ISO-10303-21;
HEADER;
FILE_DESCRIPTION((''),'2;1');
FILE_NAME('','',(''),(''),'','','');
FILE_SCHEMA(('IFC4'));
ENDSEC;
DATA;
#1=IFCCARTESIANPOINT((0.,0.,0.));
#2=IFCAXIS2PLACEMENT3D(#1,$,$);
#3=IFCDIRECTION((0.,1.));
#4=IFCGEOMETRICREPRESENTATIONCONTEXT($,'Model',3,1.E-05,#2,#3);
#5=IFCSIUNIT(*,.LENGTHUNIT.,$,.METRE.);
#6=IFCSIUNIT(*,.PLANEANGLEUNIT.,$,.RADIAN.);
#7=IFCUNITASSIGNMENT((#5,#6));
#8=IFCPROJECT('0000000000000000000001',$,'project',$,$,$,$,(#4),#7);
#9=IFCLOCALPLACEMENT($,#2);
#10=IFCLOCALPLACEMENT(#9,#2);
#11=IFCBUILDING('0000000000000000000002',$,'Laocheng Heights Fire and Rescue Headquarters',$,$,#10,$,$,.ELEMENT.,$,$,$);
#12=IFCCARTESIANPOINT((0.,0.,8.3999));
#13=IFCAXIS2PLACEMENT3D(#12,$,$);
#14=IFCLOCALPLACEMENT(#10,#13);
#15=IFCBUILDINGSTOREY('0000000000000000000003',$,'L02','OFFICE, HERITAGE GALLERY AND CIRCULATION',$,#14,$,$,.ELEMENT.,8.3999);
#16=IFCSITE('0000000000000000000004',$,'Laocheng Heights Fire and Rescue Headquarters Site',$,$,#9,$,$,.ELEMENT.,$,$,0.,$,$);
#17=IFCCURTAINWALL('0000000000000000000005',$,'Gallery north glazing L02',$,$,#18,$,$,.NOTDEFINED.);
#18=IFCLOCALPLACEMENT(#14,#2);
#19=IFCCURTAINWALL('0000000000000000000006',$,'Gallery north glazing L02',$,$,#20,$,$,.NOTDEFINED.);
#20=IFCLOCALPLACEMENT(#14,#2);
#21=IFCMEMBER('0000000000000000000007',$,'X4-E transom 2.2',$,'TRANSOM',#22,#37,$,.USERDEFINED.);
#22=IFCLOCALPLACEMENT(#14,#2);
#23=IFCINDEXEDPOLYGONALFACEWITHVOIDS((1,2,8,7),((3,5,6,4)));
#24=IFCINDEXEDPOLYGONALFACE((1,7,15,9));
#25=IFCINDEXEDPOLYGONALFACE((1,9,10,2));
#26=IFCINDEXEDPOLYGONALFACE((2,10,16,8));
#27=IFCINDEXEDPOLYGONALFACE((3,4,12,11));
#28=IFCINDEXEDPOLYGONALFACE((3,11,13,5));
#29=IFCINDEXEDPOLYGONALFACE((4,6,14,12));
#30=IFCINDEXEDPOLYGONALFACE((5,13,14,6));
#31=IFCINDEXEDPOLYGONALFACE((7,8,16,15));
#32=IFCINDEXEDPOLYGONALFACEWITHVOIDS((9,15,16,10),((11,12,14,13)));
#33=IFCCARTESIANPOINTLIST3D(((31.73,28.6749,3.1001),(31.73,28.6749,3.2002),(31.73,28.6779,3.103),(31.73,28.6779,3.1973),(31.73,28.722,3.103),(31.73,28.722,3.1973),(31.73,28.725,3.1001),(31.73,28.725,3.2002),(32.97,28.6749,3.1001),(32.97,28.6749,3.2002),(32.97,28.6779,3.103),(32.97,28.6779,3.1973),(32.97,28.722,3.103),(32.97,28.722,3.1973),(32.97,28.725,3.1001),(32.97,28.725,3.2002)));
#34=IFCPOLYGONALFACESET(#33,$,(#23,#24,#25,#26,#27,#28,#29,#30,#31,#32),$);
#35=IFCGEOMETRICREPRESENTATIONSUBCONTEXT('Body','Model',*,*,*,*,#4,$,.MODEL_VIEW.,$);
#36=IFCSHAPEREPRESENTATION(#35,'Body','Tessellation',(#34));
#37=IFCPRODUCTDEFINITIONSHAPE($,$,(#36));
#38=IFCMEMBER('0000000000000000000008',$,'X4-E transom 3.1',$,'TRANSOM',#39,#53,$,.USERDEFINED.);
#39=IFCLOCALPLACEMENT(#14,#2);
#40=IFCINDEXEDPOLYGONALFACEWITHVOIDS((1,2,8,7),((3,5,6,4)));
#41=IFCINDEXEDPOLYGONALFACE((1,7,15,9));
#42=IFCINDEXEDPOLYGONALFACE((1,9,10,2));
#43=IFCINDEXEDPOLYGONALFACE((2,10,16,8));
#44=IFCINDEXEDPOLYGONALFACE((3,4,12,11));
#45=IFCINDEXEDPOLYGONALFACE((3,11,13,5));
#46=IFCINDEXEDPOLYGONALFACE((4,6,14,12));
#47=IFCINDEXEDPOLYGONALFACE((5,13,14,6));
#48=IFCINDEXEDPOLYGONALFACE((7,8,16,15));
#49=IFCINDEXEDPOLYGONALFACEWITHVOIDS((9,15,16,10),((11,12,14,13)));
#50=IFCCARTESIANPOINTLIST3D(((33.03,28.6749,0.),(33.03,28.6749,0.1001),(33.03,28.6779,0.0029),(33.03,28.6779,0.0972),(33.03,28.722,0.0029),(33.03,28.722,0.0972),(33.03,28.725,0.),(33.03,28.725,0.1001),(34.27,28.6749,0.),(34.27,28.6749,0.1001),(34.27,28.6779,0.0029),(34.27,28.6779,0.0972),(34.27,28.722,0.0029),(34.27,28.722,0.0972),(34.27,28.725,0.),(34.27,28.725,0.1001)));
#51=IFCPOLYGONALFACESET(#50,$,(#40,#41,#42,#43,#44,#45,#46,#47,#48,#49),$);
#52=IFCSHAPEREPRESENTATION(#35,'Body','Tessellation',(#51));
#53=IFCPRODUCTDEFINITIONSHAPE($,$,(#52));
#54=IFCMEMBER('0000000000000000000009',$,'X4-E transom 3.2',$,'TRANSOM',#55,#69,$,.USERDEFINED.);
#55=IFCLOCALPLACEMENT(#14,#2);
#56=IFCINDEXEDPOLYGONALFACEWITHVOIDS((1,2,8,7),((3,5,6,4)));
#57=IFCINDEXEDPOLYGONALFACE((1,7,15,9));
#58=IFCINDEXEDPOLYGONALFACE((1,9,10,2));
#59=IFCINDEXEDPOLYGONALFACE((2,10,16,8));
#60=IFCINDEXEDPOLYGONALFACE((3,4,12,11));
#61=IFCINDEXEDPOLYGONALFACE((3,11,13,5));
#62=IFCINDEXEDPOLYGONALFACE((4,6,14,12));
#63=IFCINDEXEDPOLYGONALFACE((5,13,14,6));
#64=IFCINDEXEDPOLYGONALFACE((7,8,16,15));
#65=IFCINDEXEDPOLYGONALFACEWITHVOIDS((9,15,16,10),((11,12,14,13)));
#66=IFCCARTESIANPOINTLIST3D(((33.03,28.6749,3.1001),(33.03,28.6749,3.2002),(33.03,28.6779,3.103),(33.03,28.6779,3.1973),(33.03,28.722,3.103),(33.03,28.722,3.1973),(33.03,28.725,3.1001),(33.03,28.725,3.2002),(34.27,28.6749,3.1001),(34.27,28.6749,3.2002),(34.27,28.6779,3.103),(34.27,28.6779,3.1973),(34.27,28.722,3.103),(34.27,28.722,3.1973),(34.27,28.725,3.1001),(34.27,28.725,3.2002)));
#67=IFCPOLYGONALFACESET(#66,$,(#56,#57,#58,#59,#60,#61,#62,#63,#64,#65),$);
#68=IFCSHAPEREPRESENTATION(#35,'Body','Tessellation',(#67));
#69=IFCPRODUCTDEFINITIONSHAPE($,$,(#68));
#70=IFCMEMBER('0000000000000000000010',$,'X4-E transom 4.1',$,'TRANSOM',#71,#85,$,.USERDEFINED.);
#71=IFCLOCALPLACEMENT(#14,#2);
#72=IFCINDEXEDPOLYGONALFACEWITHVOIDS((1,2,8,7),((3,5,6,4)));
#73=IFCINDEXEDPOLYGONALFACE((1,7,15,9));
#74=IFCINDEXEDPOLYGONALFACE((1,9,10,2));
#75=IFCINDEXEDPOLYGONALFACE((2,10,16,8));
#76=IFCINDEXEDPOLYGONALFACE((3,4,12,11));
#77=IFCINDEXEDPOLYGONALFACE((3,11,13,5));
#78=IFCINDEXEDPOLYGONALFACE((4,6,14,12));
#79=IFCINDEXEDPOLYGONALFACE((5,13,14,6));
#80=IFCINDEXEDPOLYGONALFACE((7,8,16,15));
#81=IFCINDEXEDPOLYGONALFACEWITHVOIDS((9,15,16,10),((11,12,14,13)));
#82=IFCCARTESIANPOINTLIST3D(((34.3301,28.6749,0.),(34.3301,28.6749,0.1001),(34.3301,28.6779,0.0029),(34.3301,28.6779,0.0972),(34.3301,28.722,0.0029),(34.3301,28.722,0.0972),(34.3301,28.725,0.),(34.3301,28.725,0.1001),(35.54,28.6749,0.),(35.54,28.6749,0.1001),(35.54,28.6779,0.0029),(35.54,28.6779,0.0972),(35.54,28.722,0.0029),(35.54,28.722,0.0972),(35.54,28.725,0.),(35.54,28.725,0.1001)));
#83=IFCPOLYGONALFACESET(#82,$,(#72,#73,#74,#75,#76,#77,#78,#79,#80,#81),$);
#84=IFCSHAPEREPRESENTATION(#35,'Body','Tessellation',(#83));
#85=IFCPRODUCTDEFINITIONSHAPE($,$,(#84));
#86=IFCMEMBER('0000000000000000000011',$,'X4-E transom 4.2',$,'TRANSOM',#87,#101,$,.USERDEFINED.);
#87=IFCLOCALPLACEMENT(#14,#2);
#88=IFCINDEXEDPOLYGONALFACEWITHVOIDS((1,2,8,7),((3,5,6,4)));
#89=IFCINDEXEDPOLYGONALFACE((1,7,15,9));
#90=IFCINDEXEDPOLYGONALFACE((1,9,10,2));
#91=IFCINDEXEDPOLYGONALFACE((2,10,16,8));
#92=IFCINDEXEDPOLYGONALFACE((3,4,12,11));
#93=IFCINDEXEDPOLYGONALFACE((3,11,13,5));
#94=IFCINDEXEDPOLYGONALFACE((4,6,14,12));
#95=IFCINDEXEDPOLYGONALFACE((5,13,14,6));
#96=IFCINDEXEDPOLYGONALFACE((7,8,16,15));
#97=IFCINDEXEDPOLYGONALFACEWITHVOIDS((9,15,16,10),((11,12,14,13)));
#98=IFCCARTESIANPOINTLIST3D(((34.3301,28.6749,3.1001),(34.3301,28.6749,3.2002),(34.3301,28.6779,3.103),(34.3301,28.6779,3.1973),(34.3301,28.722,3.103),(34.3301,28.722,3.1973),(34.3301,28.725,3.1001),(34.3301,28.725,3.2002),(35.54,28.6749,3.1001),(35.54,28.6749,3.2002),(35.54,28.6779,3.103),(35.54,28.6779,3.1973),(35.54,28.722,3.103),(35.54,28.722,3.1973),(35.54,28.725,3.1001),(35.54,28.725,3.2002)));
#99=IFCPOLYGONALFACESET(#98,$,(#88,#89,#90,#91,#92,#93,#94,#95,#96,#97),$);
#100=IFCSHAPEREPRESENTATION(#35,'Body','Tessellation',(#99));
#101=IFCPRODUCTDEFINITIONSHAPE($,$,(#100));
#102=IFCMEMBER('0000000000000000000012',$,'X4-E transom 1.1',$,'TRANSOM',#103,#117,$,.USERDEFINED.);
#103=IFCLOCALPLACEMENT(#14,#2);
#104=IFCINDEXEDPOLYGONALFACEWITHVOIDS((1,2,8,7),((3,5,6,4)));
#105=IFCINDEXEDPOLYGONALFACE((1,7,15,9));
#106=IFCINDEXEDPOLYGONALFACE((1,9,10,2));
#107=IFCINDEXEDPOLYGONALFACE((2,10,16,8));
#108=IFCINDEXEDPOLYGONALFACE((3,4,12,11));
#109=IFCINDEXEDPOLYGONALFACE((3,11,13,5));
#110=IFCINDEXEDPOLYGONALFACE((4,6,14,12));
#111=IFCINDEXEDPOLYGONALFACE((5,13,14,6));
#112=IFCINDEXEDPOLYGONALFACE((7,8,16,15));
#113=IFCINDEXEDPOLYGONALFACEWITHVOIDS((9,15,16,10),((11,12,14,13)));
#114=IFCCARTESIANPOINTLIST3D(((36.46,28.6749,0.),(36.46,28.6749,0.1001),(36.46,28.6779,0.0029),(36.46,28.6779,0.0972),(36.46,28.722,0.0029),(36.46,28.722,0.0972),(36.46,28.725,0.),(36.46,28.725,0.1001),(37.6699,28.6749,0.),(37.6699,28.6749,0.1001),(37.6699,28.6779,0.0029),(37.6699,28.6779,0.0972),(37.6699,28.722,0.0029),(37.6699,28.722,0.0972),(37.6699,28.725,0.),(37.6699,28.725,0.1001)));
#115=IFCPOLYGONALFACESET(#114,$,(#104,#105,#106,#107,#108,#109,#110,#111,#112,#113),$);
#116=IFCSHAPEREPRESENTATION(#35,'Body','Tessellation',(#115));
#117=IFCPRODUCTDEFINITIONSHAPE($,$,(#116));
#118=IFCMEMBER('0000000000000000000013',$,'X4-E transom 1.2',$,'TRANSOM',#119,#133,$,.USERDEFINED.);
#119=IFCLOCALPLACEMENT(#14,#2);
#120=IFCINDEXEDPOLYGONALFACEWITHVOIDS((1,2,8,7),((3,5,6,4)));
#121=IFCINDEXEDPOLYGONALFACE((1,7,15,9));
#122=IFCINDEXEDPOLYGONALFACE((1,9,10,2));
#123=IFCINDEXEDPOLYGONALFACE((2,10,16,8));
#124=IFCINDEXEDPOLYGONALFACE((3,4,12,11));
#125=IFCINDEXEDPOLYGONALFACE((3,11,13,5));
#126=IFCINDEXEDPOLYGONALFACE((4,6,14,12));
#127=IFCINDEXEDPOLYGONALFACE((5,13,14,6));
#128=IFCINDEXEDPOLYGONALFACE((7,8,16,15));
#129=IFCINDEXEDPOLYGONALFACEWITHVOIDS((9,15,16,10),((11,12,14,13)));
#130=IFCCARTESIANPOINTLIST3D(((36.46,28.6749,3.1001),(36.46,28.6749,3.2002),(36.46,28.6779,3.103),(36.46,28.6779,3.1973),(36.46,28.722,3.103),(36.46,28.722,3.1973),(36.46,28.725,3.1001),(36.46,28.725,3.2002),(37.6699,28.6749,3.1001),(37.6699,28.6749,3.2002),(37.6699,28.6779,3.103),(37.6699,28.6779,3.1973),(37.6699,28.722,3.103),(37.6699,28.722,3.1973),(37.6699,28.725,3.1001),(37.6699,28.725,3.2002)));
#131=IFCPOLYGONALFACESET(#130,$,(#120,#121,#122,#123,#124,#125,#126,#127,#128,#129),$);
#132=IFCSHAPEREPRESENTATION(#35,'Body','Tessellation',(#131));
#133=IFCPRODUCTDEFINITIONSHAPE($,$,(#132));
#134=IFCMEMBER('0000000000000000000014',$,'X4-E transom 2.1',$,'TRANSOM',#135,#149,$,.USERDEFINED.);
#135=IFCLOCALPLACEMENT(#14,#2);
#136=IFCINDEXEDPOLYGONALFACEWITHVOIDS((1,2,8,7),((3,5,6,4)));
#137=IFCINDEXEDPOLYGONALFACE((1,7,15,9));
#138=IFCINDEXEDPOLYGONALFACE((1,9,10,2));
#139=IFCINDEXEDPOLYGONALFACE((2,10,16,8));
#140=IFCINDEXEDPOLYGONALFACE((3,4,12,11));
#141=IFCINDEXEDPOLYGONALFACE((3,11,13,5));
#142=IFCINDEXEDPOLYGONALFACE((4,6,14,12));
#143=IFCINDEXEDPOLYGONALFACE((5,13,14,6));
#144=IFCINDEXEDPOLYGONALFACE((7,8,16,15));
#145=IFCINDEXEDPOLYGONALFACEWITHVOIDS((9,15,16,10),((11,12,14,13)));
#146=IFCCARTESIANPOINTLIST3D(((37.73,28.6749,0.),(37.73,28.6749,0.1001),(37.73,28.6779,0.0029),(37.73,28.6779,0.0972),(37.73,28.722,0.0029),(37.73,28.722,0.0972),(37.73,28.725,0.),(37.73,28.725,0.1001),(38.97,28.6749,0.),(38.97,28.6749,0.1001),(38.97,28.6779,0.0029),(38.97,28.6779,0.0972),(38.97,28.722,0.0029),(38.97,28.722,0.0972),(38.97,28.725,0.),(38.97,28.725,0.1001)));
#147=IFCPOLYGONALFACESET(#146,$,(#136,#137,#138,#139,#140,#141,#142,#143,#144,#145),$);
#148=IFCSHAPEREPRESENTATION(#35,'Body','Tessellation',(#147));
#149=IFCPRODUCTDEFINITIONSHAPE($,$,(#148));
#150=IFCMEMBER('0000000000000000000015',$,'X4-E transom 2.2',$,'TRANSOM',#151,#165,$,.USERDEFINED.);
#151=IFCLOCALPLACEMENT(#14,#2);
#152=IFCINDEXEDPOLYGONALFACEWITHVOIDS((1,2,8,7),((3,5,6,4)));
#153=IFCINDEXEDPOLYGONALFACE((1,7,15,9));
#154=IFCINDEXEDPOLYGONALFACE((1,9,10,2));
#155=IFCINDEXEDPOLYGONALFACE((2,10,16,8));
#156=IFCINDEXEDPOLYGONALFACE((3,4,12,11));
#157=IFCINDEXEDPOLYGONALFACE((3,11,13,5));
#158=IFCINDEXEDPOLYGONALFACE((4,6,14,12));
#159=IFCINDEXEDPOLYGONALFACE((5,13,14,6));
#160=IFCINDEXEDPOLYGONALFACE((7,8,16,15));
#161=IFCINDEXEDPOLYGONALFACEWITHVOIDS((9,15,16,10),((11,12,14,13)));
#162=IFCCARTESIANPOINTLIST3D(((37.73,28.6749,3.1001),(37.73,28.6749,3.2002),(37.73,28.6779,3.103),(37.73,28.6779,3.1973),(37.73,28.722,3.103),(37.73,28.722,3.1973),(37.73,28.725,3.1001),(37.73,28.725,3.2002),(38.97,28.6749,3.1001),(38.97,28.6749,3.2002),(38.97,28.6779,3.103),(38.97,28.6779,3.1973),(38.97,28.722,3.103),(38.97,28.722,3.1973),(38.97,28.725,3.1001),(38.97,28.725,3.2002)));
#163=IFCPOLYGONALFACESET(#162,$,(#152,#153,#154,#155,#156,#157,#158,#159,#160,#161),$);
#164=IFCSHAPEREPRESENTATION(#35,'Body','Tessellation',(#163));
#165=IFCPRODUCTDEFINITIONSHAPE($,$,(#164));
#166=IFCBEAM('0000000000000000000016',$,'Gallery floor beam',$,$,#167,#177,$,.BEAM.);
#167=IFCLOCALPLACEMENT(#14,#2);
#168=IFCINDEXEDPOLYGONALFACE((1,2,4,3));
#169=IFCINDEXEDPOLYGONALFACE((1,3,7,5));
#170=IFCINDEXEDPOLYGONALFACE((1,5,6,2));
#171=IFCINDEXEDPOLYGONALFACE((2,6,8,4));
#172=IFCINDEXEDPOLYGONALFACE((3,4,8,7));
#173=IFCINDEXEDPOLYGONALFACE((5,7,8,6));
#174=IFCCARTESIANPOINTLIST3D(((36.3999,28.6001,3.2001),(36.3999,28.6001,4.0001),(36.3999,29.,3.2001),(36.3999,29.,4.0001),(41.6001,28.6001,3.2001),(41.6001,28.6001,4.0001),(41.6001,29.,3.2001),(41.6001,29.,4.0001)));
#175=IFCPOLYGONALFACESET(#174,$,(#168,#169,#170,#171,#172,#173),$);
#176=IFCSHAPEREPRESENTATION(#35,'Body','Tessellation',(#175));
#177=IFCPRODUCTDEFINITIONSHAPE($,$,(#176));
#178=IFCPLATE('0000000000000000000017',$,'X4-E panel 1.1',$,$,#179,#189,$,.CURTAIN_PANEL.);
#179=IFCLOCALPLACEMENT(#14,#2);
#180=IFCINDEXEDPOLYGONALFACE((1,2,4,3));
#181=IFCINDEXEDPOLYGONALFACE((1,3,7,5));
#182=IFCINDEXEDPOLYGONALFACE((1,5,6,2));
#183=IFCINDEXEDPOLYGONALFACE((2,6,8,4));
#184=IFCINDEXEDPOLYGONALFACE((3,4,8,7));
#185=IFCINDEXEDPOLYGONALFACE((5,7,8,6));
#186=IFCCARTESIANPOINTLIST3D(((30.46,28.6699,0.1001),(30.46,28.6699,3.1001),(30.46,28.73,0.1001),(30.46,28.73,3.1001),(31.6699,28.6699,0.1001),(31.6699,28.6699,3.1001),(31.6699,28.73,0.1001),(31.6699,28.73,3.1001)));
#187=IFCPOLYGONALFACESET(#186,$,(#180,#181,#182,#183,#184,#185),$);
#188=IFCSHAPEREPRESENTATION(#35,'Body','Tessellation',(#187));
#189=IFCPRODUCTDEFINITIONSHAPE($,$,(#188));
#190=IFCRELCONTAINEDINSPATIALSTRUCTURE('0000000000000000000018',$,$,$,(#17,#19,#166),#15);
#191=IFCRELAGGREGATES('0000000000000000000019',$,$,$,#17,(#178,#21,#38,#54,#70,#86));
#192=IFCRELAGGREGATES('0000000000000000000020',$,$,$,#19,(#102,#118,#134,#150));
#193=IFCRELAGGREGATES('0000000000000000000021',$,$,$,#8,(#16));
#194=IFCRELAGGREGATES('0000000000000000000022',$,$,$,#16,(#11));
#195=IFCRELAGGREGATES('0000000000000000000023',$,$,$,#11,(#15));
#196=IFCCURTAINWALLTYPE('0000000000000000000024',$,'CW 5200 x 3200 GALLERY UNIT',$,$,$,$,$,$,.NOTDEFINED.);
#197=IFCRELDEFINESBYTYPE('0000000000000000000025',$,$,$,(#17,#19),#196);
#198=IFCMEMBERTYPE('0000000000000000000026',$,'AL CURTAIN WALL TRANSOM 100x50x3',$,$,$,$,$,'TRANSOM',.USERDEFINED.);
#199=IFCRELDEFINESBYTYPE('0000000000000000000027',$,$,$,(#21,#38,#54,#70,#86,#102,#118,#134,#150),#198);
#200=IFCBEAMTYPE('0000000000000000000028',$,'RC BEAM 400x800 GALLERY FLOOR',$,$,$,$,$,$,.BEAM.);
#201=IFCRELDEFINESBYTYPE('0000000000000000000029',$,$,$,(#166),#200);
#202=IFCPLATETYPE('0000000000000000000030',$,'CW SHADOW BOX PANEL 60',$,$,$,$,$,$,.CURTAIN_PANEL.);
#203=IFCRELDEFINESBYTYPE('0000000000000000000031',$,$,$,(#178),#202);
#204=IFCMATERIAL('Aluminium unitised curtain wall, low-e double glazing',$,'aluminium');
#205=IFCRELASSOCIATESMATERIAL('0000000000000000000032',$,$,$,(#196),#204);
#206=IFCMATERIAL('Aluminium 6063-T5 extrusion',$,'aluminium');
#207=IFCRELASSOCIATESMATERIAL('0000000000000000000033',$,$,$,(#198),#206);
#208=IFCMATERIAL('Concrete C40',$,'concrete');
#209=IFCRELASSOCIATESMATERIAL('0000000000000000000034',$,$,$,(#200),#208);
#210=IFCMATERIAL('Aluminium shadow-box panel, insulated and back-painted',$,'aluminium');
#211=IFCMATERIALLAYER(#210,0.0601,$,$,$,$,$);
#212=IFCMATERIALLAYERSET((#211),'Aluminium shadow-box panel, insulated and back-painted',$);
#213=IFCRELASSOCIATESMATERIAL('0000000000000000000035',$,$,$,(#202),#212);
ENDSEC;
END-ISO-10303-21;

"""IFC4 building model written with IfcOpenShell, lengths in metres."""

from ifc_helpers import new_model, si_unit, direction, frame, origin, origin_2d, place, context, subcontext, project, spatial, rectangle, hollow_rectangle, extrude, material, layer, layer_set, material_profile, profile_set, type_object, element, aggregate, save


model = new_model("IFC4")

# Units and contexts
model_context = context("Model", 3, precision=1e-05, world=origin(), true_north=direction((0.0, 1.0)))
body_context = subcontext(model_context, "Body", "Model", "MODEL_VIEW")
ifc_project = project(units=[si_unit("LENGTHUNIT", "METRE"), si_unit("PLANEANGLEUNIT", "RADIAN")], contexts=[model_context])

# Site, building, storey
site_placement = place(None, origin())
site = spatial("IfcSite", under=ifc_project, at=site_placement, Name="Laocheng Heights Fire and Rescue Headquarters Site", CompositionType="ELEMENT", RefElevation=0.0)
building_placement = place(site_placement, origin())
building = spatial("IfcBuilding", under=site, at=building_placement, Name="Laocheng Heights Fire and Rescue Headquarters", CompositionType="ELEMENT")
storey_placement = place(building_placement, frame((0.0, 0.0, 8.3999)))
storey = spatial("IfcBuildingStorey", under=building, at=storey_placement, Name="L02", Description="OFFICE, HERITAGE GALLERY AND CIRCULATION", CompositionType="ELEMENT", Elevation=8.3999)

# Curtain walls
ifc_material_1 = material(Name="Aluminium unitised curtain wall, low-e double glazing", Category="aluminium")
curtain_wall_type = type_object("IfcCurtainWallType", Name="CW 5200 x 3200 GALLERY UNIT", PredefinedType="NOTDEFINED", material=ifc_material_1)
curtain_wall_1_placement = place(storey_placement, origin())
curtain_wall_1 = element("IfcCurtainWall", 1, at=curtain_wall_1_placement, inside=storey, type_object=curtain_wall_type, Name="Gallery north glazing L02", PredefinedType="NOTDEFINED")
curtain_wall_2_placement = place(storey_placement, origin())
curtain_wall_2 = element("IfcCurtainWall", 2, at=curtain_wall_2_placement, inside=storey, type_object=curtain_wall_type, Name="Gallery north glazing L02", PredefinedType="NOTDEFINED")

# Members
ifc_material_2 = material(Name="Aluminium 6063-T5 extrusion", Category="aluminium")
ifc_material_profile_1 = material_profile(ifc_material_2, hollow_rectangle(XDim=0.05, YDim=0.1001, WallThickness=0.0029, at=origin_2d()), Name="AL TRANSOM 100x50x3")
ifc_profile_set_1 = profile_set([ifc_material_profile_1], Name="Aluminium 6063-T5 extrusion")
member_type_1 = type_object("IfcMemberType", Name="AL CURTAIN WALL TRANSOM 100x50x3", ElementType="TRANSOM", PredefinedType="USERDEFINED", material=ifc_profile_set_1)
member_1_placement = place(storey_placement, frame((31.73, 28.7, 3.1501), z_axis=(1.0, 0.0, 0.0), x_axis=(0.0, 1.0, 0.0)))
member_1 = element("IfcMember", 3, at=member_1_placement, type_object=member_type_1, Name="X4-E transom 2.2", ObjectType="TRANSOM", PredefinedType="USERDEFINED", context=body_context, shape_type="SweptSolid", body=[
    extrude(hollow_rectangle(XDim=0.05, YDim=0.1001, WallThickness=0.0029, at=origin_2d()), origin(), (0.0, 0.0, 1.0), 1.24),
])
member_2_placement = place(storey_placement, frame((33.03, 28.7, 0.05), z_axis=(1.0, 0.0, 0.0), x_axis=(0.0, 1.0, 0.0)))
member_2 = element("IfcMember", 4, at=member_2_placement, type_object=member_type_1, Name="X4-E transom 3.1", ObjectType="TRANSOM", PredefinedType="USERDEFINED", context=body_context, shape_type="SweptSolid", body=[
    extrude(hollow_rectangle(XDim=0.05, YDim=0.1001, WallThickness=0.0029, at=origin_2d()), origin(), (0.0, 0.0, 1.0), 1.24),
])
member_3_placement = place(storey_placement, frame((33.03, 28.7, 3.1501), z_axis=(1.0, 0.0, 0.0), x_axis=(0.0, 1.0, 0.0)))
member_3 = element("IfcMember", 5, at=member_3_placement, type_object=member_type_1, Name="X4-E transom 3.2", ObjectType="TRANSOM", PredefinedType="USERDEFINED", context=body_context, shape_type="SweptSolid", body=[
    extrude(hollow_rectangle(XDim=0.05, YDim=0.1001, WallThickness=0.0029, at=origin_2d()), origin(), (0.0, 0.0, 1.0), 1.24),
])
member_4_placement = place(storey_placement, frame((34.3301, 28.7, 0.05), z_axis=(1.0, 0.0, 0.0), x_axis=(0.0, 1.0, 0.0)))
member_4 = element("IfcMember", 6, at=member_4_placement, type_object=member_type_1, Name="X4-E transom 4.1", ObjectType="TRANSOM", PredefinedType="USERDEFINED", context=body_context, shape_type="SweptSolid", body=[
    extrude(hollow_rectangle(XDim=0.05, YDim=0.1001, WallThickness=0.0029, at=origin_2d()), origin(), (0.0, 0.0, 1.0), 1.21),
])
member_5_placement = place(storey_placement, frame((34.3301, 28.7, 3.1501), z_axis=(1.0, 0.0, 0.0), x_axis=(0.0, 1.0, 0.0)))
member_5 = element("IfcMember", 7, at=member_5_placement, type_object=member_type_1, Name="X4-E transom 4.2", ObjectType="TRANSOM", PredefinedType="USERDEFINED", context=body_context, shape_type="SweptSolid", body=[
    extrude(hollow_rectangle(XDim=0.05, YDim=0.1001, WallThickness=0.0029, at=origin_2d()), origin(), (0.0, 0.0, 1.0), 1.21),
])
member_6_placement = place(storey_placement, frame((36.46, 28.7, 0.05), z_axis=(1.0, 0.0, 0.0), x_axis=(0.0, 1.0, 0.0)))
member_6 = element("IfcMember", 8, at=member_6_placement, type_object=member_type_1, Name="X4-E transom 1.1", ObjectType="TRANSOM", PredefinedType="USERDEFINED", context=body_context, shape_type="SweptSolid", body=[
    extrude(hollow_rectangle(XDim=0.05, YDim=0.1001, WallThickness=0.0029, at=origin_2d()), origin(), (0.0, 0.0, 1.0), 1.21),
])
member_7_placement = place(storey_placement, frame((36.46, 28.7, 3.1501), z_axis=(1.0, 0.0, 0.0), x_axis=(0.0, 1.0, 0.0)))
member_7 = element("IfcMember", 9, at=member_7_placement, type_object=member_type_1, Name="X4-E transom 1.2", ObjectType="TRANSOM", PredefinedType="USERDEFINED", context=body_context, shape_type="SweptSolid", body=[
    extrude(hollow_rectangle(XDim=0.05, YDim=0.1001, WallThickness=0.0029, at=origin_2d()), origin(), (0.0, 0.0, 1.0), 1.21),
])
member_8_placement = place(storey_placement, frame((37.73, 28.7, 0.05), z_axis=(1.0, 0.0, 0.0), x_axis=(0.0, 1.0, 0.0)))
member_8 = element("IfcMember", 10, at=member_8_placement, type_object=member_type_1, Name="X4-E transom 2.1", ObjectType="TRANSOM", PredefinedType="USERDEFINED", context=body_context, shape_type="SweptSolid", body=[
    extrude(hollow_rectangle(XDim=0.05, YDim=0.1001, WallThickness=0.0029, at=origin_2d()), origin(), (0.0, 0.0, 1.0), 1.24),
])
member_9_placement = place(storey_placement, frame((37.73, 28.7, 3.1501), z_axis=(1.0, 0.0, 0.0), x_axis=(0.0, 1.0, 0.0)))
member_9 = element("IfcMember", 11, at=member_9_placement, type_object=member_type_1, Name="X4-E transom 2.2", ObjectType="TRANSOM", PredefinedType="USERDEFINED", context=body_context, shape_type="SweptSolid", body=[
    extrude(hollow_rectangle(XDim=0.05, YDim=0.1001, WallThickness=0.0029, at=origin_2d()), origin(), (0.0, 0.0, 1.0), 1.24),
])

# Beam
ifc_material_3 = material(Name="Concrete C40", Category="concrete")
ifc_material_profile_2 = material_profile(ifc_material_3, rectangle(XDim=0.3999, YDim=0.8, at=origin_2d()), Name="RC BEAM 400x800 GALLERY FLOOR")
ifc_profile_set_2 = profile_set([ifc_material_profile_2], Name="Concrete C40")
beam_type = type_object("IfcBeamType", Name="RC BEAM 400x800 GALLERY FLOOR", PredefinedType="BEAM", material=ifc_profile_set_2)
beam_placement = place(storey_placement, frame((36.3999, 28.8, 3.6001), z_axis=(1.0, 0.0, 0.0), x_axis=(0.0, 1.0, 0.0)))
element("IfcBeam", 12, at=beam_placement, inside=storey, type_object=beam_type, Name="Gallery floor beam", PredefinedType="BEAM", context=body_context, shape_type="SweptSolid", body=[
    extrude(rectangle(XDim=0.3999, YDim=0.8, at=origin_2d()), origin(), (0.0, 0.0, 1.0), 5.2002),
])

# Plate
ifc_material_4 = material(Name="Aluminium shadow-box panel, insulated and back-painted", Category="aluminium")
ifc_layer_1 = layer(ifc_material_4, 0.0601)
ifc_layer_set_1 = layer_set([ifc_layer_1], Name="Aluminium shadow-box panel, insulated and back-painted")
plate_type = type_object("IfcPlateType", Name="CW SHADOW BOX PANEL 60", PredefinedType="CURTAIN_PANEL", material=ifc_layer_set_1)
plate_1_placement = place(storey_placement, frame((31.0649, 28.7, 0.1001), z_axis=(0.0, 0.0, 1.0), x_axis=(1.0, 0.0, 0.0)))
plate_1 = element("IfcPlate", 13, at=plate_1_placement, type_object=plate_type, Name="X4-E panel 1.1", PredefinedType="CURTAIN_PANEL", context=body_context, shape_type="SweptSolid", body=[
    extrude(rectangle(XDim=1.21, YDim=0.0601, at=origin_2d()), origin(), (0.0, 0.0, 1.0), 3.0),
])
aggregate(curtain_wall_1, [plate_1, member_1, member_2, member_3, member_4, member_5])
aggregate(curtain_wall_2, [member_6, member_7, member_8, member_9])

save(model, "model.ifc")
